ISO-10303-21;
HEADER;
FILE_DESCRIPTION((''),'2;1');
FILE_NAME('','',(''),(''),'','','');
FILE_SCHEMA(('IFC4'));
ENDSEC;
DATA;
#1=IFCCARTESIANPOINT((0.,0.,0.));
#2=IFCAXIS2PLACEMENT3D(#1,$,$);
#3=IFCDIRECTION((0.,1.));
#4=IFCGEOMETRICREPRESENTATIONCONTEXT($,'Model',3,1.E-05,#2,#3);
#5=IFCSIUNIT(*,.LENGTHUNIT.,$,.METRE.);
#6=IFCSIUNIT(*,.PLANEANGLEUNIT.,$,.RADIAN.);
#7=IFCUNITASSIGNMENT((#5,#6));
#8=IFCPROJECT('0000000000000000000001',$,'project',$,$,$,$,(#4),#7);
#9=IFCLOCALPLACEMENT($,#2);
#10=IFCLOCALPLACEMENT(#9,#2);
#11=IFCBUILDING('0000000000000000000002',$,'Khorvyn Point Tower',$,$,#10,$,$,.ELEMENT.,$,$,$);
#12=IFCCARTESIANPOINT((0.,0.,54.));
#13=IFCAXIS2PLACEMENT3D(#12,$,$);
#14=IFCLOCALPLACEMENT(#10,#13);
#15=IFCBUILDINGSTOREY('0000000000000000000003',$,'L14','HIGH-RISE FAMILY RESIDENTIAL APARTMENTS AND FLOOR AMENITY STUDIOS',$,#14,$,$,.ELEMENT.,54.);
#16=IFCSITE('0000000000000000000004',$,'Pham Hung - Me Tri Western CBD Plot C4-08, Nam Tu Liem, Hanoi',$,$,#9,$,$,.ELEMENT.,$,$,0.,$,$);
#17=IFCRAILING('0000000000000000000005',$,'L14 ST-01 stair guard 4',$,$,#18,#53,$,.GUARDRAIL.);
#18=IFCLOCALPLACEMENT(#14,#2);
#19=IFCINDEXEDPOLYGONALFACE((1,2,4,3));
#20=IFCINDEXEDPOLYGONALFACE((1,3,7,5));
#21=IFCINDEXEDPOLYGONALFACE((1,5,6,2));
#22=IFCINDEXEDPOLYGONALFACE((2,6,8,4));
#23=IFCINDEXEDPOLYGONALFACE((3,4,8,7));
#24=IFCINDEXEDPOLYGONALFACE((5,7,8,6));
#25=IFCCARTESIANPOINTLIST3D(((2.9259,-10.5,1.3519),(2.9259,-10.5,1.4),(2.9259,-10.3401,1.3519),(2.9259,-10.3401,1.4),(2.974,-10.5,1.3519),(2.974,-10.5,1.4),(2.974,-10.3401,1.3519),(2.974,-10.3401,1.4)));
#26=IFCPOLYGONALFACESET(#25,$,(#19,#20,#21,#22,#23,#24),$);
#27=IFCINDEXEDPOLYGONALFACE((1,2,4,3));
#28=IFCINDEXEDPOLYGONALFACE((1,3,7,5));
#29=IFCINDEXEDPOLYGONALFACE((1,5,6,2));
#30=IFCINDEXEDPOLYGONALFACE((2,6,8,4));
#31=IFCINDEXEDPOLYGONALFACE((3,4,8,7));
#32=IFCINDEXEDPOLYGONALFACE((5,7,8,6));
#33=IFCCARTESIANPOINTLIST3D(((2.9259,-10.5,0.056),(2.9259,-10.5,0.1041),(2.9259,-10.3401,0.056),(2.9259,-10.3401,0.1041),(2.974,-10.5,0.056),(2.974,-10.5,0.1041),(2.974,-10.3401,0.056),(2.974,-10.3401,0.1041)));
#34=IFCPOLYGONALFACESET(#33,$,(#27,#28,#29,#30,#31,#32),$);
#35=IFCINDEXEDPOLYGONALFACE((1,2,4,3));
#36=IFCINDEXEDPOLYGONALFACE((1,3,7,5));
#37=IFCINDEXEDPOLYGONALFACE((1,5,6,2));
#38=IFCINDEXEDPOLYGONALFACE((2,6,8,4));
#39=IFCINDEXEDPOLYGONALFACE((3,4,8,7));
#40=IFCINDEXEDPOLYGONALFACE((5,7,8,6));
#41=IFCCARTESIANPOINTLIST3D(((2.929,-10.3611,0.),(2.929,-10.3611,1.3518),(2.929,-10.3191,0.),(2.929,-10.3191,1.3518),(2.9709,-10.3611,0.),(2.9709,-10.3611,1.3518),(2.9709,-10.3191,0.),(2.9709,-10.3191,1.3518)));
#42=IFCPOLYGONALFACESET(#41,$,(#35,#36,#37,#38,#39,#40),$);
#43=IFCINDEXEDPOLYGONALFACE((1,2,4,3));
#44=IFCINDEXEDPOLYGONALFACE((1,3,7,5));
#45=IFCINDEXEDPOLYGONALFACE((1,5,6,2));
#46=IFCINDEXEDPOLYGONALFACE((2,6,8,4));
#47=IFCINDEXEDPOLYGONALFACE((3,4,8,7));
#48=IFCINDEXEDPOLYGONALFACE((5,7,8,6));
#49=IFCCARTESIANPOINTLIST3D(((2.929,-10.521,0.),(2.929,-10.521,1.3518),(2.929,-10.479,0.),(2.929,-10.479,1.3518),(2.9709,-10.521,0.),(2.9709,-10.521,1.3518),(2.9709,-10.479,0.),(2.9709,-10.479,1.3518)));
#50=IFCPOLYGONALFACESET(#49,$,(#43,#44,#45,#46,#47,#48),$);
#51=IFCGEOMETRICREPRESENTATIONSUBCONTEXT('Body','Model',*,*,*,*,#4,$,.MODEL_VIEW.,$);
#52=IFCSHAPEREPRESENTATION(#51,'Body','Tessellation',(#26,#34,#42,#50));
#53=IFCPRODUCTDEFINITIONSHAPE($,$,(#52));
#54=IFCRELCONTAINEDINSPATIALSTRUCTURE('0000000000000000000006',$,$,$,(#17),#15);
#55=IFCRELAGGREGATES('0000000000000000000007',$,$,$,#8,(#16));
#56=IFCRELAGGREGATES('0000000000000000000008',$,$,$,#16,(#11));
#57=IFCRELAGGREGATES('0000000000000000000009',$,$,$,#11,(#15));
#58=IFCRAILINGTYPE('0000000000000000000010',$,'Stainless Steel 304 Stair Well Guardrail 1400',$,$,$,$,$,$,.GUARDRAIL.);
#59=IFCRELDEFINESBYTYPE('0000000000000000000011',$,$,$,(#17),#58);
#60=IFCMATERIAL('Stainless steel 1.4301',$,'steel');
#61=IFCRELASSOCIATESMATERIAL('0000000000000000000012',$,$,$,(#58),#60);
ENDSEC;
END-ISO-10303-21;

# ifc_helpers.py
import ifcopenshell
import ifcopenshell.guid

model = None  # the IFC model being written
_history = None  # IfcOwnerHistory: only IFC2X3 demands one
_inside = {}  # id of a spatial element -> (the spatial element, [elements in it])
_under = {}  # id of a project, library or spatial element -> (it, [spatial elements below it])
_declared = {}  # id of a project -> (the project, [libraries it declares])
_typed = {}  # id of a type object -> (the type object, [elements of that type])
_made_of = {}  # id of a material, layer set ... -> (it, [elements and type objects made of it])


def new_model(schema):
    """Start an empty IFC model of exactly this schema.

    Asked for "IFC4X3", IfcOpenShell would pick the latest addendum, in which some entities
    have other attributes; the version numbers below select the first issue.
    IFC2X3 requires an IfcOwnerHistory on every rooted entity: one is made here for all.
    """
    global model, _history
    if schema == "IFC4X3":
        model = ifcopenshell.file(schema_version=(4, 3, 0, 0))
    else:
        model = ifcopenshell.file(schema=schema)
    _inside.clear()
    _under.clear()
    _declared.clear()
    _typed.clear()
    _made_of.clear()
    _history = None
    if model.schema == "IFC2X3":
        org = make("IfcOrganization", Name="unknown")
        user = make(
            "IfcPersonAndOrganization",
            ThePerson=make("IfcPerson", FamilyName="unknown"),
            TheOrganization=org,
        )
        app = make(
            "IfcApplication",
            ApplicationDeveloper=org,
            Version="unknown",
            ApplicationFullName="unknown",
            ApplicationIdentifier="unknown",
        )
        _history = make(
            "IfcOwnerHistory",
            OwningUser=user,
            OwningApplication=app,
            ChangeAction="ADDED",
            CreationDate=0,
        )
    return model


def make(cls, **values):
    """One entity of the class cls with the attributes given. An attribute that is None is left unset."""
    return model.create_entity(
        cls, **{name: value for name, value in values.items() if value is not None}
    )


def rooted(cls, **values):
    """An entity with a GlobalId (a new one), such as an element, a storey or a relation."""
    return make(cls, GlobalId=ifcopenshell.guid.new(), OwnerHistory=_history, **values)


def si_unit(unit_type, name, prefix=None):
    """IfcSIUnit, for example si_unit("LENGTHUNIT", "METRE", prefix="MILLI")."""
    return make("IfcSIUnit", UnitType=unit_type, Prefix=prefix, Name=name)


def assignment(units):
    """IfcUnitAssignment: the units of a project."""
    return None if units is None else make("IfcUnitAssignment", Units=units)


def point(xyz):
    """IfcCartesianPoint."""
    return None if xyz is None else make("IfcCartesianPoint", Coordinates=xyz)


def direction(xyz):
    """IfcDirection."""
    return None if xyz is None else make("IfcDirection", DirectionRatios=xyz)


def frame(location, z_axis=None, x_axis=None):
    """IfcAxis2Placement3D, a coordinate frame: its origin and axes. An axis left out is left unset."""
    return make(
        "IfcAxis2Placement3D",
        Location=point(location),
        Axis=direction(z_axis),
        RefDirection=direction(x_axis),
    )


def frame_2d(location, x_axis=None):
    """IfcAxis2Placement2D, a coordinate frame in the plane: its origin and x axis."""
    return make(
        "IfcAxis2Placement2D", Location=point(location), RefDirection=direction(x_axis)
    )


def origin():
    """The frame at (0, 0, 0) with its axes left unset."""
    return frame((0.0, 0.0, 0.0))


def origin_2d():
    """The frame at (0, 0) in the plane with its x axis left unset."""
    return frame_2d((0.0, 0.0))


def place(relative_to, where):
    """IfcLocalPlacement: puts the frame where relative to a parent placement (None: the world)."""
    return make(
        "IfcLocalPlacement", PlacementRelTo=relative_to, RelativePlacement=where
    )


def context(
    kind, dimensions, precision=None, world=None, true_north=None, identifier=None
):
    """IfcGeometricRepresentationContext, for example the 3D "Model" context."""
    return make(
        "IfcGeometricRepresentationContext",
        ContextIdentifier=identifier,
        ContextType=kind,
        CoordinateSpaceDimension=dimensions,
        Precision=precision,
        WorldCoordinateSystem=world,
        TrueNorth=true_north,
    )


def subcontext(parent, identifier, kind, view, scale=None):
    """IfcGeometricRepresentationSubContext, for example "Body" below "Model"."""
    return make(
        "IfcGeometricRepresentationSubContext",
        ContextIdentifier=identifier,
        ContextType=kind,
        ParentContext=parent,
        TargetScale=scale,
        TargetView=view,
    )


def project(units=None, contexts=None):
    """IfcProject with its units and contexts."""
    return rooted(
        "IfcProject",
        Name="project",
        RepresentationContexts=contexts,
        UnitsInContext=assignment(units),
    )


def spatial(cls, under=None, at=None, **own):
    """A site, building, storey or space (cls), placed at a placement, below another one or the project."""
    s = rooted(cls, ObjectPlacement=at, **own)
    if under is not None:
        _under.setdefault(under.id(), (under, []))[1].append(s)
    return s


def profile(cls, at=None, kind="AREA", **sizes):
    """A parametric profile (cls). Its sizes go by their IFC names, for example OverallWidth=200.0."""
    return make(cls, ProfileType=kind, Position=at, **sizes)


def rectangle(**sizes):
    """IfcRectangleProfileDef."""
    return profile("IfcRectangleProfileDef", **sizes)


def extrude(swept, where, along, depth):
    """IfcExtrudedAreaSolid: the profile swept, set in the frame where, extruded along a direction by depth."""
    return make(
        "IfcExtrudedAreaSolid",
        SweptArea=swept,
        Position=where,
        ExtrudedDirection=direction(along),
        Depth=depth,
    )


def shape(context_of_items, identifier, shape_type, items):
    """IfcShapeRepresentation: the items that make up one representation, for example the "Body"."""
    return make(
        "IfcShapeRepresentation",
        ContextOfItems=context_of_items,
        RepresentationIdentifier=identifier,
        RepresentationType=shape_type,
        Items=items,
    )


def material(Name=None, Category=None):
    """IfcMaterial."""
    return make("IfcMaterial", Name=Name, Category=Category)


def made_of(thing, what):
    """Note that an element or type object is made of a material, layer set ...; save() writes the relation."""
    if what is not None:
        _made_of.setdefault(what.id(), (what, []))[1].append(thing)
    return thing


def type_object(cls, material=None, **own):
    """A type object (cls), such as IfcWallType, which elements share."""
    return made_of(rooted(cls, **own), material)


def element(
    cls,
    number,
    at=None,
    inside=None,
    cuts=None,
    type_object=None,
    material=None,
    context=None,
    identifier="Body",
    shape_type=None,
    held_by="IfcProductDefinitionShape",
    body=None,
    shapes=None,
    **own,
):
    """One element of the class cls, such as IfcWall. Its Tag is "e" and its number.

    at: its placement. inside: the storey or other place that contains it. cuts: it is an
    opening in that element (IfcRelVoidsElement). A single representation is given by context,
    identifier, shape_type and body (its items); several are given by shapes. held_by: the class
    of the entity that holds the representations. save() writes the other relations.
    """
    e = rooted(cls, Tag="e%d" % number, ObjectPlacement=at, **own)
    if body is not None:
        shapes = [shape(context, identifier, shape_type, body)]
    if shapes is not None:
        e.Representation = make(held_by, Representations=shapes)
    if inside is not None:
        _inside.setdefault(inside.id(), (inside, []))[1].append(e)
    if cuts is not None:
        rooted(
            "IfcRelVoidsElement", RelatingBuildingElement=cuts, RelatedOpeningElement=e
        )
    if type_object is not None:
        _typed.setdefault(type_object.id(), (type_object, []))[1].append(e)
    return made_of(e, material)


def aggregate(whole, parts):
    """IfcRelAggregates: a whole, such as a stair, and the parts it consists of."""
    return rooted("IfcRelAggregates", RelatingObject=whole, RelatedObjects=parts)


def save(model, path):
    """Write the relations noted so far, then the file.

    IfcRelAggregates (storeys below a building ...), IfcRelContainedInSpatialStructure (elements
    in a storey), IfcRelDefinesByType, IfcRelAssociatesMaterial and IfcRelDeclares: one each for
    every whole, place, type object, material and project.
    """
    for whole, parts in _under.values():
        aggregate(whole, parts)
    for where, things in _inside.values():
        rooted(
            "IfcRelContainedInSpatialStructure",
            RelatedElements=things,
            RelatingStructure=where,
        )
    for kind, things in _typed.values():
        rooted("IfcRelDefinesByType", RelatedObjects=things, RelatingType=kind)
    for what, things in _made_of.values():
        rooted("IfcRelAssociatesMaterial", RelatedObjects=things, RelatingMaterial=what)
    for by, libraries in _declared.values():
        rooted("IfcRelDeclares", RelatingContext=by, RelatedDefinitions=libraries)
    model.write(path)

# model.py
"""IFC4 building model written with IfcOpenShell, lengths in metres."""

from ifc_helpers import new_model, si_unit, direction, frame, origin, origin_2d, place, context, subcontext, project, spatial, rectangle, extrude, material, type_object, element, save


model = new_model("IFC4")

# Units and contexts
model_context = context("Model", 3, precision=1e-05, world=origin(), true_north=direction((0.0, 1.0)))
body_context = subcontext(model_context, "Body", "Model", "MODEL_VIEW")
ifc_project = project(units=[si_unit("LENGTHUNIT", "METRE"), si_unit("PLANEANGLEUNIT", "RADIAN")], contexts=[model_context])

# Site, building, storey
site_placement = place(None, origin())
site = spatial("IfcSite", under=ifc_project, at=site_placement, Name="Pham Hung - Me Tri Western CBD Plot C4-08, Nam Tu Liem, Hanoi", CompositionType="ELEMENT", RefElevation=0.0)
building_placement = place(site_placement, origin())
building = spatial("IfcBuilding", under=site, at=building_placement, Name="Khorvyn Point Tower", CompositionType="ELEMENT")
storey_placement = place(building_placement, frame((0.0, 0.0, 54.0)))
storey = spatial("IfcBuildingStorey", under=building, at=storey_placement, Name="L14", Description="HIGH-RISE FAMILY RESIDENTIAL APARTMENTS AND FLOOR AMENITY STUDIOS", CompositionType="ELEMENT", Elevation=54.0)

# Shared definitions
ifc_material_1 = material(Name="Stainless steel 1.4301", Category="steel")

# Railing
railing_type_1 = type_object("IfcRailingType", Name="Stainless Steel 304 Stair Well Guardrail 1400", PredefinedType="GUARDRAIL", material=ifc_material_1)
railing_1_placement = place(storey_placement, frame((2.95, -10.3401, 0.0)))
element("IfcRailing", 1, at=railing_1_placement, inside=storey, type_object=railing_type_1, Name="L14 ST-01 stair guard 4", PredefinedType="GUARDRAIL", context=body_context, shape_type="SweptSolid", body=[
    extrude(rectangle(XDim=0.0481, YDim=0.0481, at=origin_2d()), frame((0.0, 0.0, 1.376), z_axis=(0.0, -1.0, 0.0), x_axis=(1.0, 0.0, 0.0)), (0.0, 0.0, 1.0), 0.1599),
    extrude(rectangle(XDim=0.0481, YDim=0.0481, at=origin_2d()), frame((0.0, 0.0, 0.0801), z_axis=(0.0, -1.0, 0.0), x_axis=(1.0, 0.0, 0.0)), (0.0, 0.0, 1.0), 0.1599),
    extrude(rectangle(XDim=0.042, YDim=0.042, at=origin_2d()), origin(), (0.0, 0.0, 1.0), 1.3518),
    extrude(rectangle(XDim=0.042, YDim=0.042, at=origin_2d()), frame((0.0, -0.1599, 0.0)), (0.0, 0.0, 1.0), 1.3518),
])

save(model, "model.ifc")
